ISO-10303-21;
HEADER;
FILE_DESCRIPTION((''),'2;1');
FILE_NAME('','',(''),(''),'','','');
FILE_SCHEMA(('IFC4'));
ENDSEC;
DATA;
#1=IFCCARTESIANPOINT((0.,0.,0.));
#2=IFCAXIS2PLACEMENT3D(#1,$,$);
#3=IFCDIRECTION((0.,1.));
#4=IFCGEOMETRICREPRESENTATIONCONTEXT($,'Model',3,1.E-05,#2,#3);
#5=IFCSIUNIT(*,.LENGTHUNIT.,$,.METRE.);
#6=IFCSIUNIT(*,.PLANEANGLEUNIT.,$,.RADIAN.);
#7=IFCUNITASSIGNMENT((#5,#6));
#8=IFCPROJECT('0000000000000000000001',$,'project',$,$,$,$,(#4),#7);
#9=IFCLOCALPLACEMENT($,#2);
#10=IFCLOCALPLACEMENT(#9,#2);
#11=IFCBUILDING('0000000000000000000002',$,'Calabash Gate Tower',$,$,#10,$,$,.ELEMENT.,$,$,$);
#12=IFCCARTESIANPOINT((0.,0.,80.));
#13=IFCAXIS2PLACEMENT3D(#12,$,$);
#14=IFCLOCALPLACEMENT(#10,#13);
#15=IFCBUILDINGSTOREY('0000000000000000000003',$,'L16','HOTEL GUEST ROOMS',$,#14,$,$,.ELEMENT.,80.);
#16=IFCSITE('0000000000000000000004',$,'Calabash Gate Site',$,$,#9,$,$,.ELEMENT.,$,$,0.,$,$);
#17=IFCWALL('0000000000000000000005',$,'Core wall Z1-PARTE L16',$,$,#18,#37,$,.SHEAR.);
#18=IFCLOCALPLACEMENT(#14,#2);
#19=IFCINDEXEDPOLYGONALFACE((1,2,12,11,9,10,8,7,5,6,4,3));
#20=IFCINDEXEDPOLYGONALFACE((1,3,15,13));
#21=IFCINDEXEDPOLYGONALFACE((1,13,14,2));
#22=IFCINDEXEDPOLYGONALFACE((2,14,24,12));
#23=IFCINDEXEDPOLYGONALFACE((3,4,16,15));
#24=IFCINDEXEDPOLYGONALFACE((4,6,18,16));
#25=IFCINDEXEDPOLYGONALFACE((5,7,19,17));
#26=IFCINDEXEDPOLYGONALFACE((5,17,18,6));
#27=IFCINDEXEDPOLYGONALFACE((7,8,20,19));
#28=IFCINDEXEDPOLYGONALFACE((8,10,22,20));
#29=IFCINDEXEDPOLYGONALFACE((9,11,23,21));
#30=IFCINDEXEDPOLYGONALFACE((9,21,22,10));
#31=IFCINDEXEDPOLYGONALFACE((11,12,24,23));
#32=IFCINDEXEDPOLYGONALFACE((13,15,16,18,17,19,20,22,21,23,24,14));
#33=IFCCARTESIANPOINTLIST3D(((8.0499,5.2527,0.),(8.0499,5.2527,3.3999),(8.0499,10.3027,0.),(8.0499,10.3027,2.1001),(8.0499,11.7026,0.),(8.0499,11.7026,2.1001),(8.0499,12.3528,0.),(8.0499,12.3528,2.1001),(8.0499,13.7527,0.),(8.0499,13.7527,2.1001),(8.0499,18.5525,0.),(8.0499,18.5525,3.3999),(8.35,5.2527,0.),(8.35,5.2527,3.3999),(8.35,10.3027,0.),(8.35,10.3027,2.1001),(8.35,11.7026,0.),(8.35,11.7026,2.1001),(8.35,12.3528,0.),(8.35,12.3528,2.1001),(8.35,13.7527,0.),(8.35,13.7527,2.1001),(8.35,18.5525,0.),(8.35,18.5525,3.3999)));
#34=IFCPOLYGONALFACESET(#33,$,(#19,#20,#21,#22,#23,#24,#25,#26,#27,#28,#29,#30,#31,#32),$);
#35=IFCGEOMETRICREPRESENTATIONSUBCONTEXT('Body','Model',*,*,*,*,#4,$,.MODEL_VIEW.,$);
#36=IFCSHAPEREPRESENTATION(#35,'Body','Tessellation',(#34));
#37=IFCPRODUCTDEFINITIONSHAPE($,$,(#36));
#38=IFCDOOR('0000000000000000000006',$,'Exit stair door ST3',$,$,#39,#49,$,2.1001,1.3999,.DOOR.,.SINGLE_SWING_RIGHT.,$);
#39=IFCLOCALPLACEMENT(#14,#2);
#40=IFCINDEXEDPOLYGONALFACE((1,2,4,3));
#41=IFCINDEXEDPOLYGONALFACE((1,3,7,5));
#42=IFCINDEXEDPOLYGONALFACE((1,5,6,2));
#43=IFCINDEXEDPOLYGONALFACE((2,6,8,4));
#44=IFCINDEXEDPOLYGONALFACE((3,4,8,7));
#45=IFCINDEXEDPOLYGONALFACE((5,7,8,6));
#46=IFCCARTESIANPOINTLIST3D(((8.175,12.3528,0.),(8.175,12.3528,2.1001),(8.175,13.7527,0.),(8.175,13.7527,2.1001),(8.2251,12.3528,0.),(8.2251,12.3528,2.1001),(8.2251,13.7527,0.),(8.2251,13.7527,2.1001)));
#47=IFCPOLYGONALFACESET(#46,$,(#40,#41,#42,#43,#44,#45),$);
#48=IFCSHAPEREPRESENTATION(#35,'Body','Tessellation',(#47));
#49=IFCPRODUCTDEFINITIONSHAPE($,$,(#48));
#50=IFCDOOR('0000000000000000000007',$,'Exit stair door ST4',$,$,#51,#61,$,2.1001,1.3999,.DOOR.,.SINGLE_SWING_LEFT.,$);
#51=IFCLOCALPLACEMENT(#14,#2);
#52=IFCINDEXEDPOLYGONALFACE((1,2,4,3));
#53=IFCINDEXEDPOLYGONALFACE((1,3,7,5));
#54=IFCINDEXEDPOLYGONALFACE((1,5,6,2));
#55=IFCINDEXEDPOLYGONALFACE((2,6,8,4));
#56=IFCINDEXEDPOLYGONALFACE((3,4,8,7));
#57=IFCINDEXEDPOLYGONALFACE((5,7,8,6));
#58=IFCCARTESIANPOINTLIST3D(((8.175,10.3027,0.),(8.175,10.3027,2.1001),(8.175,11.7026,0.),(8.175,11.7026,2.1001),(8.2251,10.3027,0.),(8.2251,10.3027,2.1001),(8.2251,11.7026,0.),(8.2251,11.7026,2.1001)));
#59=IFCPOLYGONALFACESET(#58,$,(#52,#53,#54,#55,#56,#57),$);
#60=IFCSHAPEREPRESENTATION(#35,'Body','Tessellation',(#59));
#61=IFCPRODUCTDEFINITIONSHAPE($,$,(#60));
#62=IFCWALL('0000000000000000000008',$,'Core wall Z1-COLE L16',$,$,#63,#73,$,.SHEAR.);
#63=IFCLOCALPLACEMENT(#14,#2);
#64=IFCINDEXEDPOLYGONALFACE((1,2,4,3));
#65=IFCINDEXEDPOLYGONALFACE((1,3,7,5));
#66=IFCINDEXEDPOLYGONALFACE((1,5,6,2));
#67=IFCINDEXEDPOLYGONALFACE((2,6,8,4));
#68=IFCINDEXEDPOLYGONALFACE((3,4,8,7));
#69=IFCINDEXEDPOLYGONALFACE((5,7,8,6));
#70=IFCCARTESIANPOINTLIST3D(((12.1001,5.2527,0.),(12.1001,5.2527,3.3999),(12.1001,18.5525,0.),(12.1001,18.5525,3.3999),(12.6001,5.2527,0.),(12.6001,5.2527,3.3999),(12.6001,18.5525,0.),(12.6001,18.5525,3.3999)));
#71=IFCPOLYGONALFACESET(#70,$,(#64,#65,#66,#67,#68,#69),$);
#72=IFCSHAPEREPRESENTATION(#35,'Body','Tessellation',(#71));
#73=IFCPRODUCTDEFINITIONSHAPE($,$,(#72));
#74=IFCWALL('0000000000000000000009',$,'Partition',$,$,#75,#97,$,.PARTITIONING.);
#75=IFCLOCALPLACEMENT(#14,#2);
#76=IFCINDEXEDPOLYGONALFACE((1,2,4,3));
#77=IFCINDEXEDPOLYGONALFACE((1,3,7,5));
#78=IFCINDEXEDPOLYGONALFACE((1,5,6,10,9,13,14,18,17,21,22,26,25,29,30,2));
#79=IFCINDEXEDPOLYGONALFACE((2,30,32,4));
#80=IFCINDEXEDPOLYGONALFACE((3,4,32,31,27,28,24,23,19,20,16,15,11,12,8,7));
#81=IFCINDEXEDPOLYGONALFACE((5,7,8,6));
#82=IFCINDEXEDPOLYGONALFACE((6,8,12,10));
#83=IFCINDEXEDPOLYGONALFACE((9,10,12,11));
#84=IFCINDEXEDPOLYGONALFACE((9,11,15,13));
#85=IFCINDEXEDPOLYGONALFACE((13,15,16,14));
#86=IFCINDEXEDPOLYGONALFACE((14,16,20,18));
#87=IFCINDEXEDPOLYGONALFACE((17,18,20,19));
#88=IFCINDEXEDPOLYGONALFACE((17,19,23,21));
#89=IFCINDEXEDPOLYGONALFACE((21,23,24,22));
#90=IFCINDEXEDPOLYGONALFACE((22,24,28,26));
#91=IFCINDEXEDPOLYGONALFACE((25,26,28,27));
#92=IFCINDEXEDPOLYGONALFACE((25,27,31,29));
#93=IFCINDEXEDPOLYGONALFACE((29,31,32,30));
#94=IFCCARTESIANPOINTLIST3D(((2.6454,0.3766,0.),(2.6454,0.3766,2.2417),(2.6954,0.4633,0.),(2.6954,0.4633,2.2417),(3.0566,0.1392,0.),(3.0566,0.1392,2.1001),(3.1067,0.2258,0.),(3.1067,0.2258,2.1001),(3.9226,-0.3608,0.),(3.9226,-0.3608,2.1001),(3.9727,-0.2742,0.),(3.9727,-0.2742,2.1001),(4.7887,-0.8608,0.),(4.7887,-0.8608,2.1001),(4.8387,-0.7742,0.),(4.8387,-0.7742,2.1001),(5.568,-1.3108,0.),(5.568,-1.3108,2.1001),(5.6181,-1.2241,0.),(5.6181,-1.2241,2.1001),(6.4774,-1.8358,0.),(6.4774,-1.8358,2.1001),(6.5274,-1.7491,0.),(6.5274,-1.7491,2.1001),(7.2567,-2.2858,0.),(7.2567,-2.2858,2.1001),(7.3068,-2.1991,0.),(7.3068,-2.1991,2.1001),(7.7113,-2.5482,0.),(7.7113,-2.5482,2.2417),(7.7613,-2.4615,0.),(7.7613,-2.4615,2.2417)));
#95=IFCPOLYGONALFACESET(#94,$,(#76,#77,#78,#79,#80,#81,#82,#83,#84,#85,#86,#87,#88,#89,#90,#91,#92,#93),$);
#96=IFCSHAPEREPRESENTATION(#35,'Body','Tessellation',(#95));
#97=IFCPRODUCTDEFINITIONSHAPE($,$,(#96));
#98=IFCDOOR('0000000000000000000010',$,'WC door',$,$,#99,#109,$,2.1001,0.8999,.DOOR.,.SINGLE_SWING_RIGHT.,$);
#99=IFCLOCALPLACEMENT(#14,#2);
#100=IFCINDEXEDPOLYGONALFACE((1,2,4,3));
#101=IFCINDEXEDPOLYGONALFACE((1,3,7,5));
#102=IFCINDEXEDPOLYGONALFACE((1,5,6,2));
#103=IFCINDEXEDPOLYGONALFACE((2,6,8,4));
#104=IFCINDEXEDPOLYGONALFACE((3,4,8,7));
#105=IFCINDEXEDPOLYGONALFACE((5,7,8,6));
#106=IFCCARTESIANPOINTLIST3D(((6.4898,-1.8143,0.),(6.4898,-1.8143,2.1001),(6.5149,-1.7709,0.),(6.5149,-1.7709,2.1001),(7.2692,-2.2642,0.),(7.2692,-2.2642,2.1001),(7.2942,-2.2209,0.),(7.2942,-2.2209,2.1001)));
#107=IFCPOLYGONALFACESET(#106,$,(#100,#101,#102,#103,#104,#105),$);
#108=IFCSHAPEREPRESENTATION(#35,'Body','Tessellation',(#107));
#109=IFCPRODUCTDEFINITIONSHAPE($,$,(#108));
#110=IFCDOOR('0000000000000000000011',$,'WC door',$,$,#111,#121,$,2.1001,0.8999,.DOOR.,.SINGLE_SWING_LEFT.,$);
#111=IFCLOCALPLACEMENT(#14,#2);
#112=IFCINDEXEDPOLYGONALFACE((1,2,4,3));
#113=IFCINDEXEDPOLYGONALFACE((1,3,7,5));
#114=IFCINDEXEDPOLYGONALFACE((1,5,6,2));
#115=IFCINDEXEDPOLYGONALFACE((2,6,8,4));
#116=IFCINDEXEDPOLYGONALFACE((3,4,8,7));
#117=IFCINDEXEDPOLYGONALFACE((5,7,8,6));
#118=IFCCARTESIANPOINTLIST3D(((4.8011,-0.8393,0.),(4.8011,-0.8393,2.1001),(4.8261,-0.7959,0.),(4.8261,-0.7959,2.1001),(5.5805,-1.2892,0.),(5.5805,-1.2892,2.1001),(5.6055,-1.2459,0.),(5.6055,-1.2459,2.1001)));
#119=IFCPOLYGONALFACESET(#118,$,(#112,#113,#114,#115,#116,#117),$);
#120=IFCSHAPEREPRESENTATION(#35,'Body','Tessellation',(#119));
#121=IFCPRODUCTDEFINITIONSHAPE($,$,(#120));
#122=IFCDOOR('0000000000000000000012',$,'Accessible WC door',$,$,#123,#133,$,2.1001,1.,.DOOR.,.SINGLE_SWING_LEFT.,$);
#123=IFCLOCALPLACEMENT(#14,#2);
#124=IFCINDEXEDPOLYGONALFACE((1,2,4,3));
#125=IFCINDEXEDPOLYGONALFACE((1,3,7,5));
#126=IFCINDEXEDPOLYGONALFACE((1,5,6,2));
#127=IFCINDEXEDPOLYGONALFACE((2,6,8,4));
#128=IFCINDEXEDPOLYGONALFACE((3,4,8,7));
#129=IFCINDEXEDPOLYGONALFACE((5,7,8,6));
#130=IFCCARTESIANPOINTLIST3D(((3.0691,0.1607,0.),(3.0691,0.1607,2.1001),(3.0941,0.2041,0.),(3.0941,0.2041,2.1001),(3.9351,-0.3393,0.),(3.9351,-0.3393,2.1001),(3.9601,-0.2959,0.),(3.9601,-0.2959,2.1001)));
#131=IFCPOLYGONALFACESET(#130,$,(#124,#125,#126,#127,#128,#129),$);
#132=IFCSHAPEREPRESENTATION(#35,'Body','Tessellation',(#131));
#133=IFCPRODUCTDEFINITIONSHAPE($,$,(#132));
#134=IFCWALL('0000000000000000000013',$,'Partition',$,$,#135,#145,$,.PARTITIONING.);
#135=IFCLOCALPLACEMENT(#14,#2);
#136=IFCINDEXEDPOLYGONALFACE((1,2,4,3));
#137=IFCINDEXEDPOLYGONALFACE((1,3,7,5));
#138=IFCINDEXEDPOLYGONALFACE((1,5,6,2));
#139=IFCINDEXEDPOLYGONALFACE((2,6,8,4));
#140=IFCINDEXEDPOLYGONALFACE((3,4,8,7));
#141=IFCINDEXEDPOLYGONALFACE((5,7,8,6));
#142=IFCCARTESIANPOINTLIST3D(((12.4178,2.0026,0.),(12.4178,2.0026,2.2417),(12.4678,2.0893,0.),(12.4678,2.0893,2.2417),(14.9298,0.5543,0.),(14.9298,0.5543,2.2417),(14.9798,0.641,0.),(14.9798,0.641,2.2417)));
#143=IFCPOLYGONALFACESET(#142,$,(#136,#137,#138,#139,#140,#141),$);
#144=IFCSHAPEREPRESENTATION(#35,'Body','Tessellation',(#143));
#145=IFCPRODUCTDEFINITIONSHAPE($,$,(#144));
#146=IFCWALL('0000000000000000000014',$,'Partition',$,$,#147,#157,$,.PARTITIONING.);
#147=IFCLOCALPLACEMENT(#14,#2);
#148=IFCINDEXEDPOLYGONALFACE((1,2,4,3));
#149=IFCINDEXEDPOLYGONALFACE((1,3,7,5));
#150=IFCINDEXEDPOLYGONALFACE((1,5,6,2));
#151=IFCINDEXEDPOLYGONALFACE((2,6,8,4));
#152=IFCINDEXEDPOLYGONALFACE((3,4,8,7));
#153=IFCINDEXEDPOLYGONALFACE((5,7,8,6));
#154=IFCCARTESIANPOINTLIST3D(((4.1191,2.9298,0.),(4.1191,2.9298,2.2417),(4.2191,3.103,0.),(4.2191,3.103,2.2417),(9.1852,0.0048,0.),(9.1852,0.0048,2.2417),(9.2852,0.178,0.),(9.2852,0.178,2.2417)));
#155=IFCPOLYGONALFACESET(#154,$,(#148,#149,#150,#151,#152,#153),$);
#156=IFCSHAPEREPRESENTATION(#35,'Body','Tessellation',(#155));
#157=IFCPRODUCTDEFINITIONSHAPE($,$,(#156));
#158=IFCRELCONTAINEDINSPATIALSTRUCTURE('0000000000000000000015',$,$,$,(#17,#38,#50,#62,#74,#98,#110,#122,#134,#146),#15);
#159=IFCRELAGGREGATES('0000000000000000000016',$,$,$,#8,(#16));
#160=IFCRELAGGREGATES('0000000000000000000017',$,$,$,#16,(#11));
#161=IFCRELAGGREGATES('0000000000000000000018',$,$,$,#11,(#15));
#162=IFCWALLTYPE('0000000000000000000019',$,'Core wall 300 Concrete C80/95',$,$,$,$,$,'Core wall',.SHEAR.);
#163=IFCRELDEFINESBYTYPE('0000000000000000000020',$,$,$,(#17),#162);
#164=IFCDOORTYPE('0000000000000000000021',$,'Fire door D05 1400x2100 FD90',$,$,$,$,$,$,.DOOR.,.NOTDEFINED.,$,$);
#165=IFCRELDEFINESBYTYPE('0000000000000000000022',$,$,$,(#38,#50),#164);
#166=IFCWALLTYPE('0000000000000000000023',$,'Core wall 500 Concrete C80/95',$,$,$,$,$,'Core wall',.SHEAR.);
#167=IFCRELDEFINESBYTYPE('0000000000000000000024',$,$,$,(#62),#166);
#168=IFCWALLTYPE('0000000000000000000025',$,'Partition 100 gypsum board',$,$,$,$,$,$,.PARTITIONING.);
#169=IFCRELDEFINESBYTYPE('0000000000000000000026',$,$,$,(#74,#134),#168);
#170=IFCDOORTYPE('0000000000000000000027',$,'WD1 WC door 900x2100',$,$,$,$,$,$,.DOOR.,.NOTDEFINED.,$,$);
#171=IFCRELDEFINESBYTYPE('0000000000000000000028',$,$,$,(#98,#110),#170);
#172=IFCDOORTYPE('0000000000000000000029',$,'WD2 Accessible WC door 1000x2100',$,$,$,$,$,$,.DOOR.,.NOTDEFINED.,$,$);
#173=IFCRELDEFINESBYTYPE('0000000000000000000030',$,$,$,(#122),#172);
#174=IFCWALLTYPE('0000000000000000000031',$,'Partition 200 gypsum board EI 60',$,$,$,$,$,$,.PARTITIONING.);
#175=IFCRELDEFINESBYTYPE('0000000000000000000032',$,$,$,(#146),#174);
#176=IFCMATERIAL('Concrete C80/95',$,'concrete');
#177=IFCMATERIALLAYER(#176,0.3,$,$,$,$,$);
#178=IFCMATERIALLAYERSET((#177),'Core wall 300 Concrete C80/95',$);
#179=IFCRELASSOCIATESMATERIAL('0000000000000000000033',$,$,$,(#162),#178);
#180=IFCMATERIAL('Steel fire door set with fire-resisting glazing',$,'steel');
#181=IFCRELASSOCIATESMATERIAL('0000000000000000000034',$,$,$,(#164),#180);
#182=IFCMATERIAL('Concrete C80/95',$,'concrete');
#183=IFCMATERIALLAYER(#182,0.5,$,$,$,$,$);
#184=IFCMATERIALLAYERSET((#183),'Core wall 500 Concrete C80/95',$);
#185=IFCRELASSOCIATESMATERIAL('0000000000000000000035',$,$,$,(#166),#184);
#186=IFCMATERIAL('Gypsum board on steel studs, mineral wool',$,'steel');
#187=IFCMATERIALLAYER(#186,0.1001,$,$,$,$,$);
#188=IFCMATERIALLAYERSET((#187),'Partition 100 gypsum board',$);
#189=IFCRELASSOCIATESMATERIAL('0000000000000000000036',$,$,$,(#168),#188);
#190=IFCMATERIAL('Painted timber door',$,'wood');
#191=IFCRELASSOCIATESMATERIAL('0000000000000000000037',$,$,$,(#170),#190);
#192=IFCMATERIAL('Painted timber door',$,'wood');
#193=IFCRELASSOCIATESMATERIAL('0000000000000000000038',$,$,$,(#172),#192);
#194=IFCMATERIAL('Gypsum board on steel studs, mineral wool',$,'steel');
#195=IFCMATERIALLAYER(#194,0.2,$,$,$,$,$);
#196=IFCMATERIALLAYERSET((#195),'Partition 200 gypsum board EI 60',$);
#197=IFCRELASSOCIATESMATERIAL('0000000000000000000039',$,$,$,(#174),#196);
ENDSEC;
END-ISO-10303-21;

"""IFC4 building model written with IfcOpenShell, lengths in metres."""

from ifc_helpers import new_model, si_unit, direction, frame, frame_2d, origin, place, context, subcontext, project, spatial, rectangle, extrude, material, layer, layer_set, type_object, element, fill, save


model = new_model("IFC4")

# Units and contexts
model_context = context("Model", 3, precision=1e-05, world=origin(), true_north=direction((0.0, 1.0)))
body_context = subcontext(model_context, "Body", "Model", "MODEL_VIEW")
ifc_project = project(units=[si_unit("LENGTHUNIT", "METRE"), si_unit("PLANEANGLEUNIT", "RADIAN")], contexts=[model_context])

# Site, building, storey
site_placement = place(None, origin())
site = spatial("IfcSite", under=ifc_project, at=site_placement, Name="Calabash Gate Site", CompositionType="ELEMENT", RefElevation=0.0)
building_placement = place(site_placement, origin())
building = spatial("IfcBuilding", under=site, at=building_placement, Name="Calabash Gate Tower", CompositionType="ELEMENT")
storey_placement = place(building_placement, frame((0.0, 0.0, 80.0)))
storey = spatial("IfcBuildingStorey", under=building, at=storey_placement, Name="L16", Description="HOTEL GUEST ROOMS", CompositionType="ELEMENT", Elevation=80.0)

# Wall, openings, doors
ifc_material_1 = material(Name="Concrete C80/95", Category="concrete")
ifc_layer_1 = layer(ifc_material_1, 0.3)
ifc_layer_set_1 = layer_set([ifc_layer_1], Name="Core wall 300 Concrete C80/95")
wall_type_1 = type_object("IfcWallType", Name="Core wall 300 Concrete C80/95", ElementType="Core wall", PredefinedType="SHEAR", material=ifc_layer_set_1)
wall_1_placement = place(storey_placement, frame((8.2, 5.2527, 0.0), z_axis=(0.0, 0.0, 1.0), x_axis=(0.0, 1.0, 0.0)))
wall_1 = element("IfcWall", 1, at=wall_1_placement, inside=storey, type_object=wall_type_1, Name="Core wall Z1-PARTE L16", PredefinedType="SHEAR", context=body_context, shape_type="SweptSolid", body=[
    extrude(rectangle(XDim=13.2998, YDim=0.3, at=frame_2d((6.6499, 0.0))), origin(), (0.0, 0.0, 1.0), 3.3999),
])
opening_1_placement = place(wall_1_placement, frame((7.1001, 0.0, 0.0)))
opening_1 = element("IfcOpeningElement", 2, at=opening_1_placement, cuts=wall_1, PredefinedType="OPENING", context=body_context, shape_type="SweptSolid", body=[
    extrude(rectangle(XDim=1.3999, YDim=2.1001, at=frame_2d((0.7, 1.05))), frame((0.0, 0.1599, 0.0), z_axis=(0.0, -1.0, 0.0), x_axis=(1.0, 0.0, 0.0)), (0.0, 0.0, 1.0), 0.3201),
])
opening_2_placement = place(wall_1_placement, frame((5.05, 0.0, 0.0)))
opening_2 = element("IfcOpeningElement", 3, at=opening_2_placement, cuts=wall_1, PredefinedType="OPENING", context=body_context, shape_type="SweptSolid", body=[
    extrude(rectangle(XDim=1.3999, YDim=2.1001, at=frame_2d((0.7, 1.05))), frame((0.0, 0.1599, 0.0), z_axis=(0.0, -1.0, 0.0), x_axis=(1.0, 0.0, 0.0)), (0.0, 0.0, 1.0), 0.3201),
])
ifc_material_2 = material(Name="Steel fire door set with fire-resisting glazing", Category="steel")
door_type_1 = type_object("IfcDoorType", Name="Fire door D05 1400x2100 FD90", OperationType="NOTDEFINED", PredefinedType="DOOR", material=ifc_material_2)
door_1_placement = place(opening_1_placement, origin())
door_1 = element("IfcDoor", 4, at=door_1_placement, inside=storey, type_object=door_type_1, Name="Exit stair door ST3", OperationType="SINGLE_SWING_RIGHT", OverallHeight=2.1001, OverallWidth=1.3999, PredefinedType="DOOR", context=body_context, shape_type="SweptSolid", body=[
    extrude(rectangle(XDim=1.3999, YDim=2.1001, at=frame_2d((0.7, 1.05))), frame((0.0, 0.0249, 0.0), z_axis=(0.0, -1.0, 0.0), x_axis=(1.0, 0.0, 0.0)), (0.0, 0.0, 1.0), 0.05),
])
fill(opening_1, door_1)
door_2_placement = place(opening_2_placement, origin())
door_2 = element("IfcDoor", 5, at=door_2_placement, inside=storey, type_object=door_type_1, Name="Exit stair door ST4", OperationType="SINGLE_SWING_LEFT", OverallHeight=2.1001, OverallWidth=1.3999, PredefinedType="DOOR", context=body_context, shape_type="SweptSolid", body=[
    extrude(rectangle(XDim=1.3999, YDim=2.1001, at=frame_2d((0.7, 1.05))), frame((0.0, 0.0249, 0.0), z_axis=(0.0, -1.0, 0.0), x_axis=(1.0, 0.0, 0.0)), (0.0, 0.0, 1.0), 0.05),
])
fill(opening_2, door_2)

# Wall
ifc_material_3 = material(Name="Concrete C80/95", Category="concrete")
ifc_layer_2 = layer(ifc_material_3, 0.5)
ifc_layer_set_2 = layer_set([ifc_layer_2], Name="Core wall 500 Concrete C80/95")
wall_type_2 = type_object("IfcWallType", Name="Core wall 500 Concrete C80/95", ElementType="Core wall", PredefinedType="SHEAR", material=ifc_layer_set_2)
wall_2_placement = place(storey_placement, frame((12.3501, 5.2527, 0.0), z_axis=(0.0, 0.0, 1.0), x_axis=(0.0, 1.0, 0.0)))
element("IfcWall", 6, at=wall_2_placement, inside=storey, type_object=wall_type_2, Name="Core wall Z1-COLE L16", PredefinedType="SHEAR", context=body_context, shape_type="SweptSolid", body=[
    extrude(rectangle(XDim=13.2998, YDim=0.5, at=frame_2d((6.6499, 0.0))), origin(), (0.0, 0.0, 1.0), 3.3999),
])

# Wall, openings, doors
ifc_material_4 = material(Name="Gypsum board on steel studs, mineral wool", Category="steel")
ifc_layer_3 = layer(ifc_material_4, 0.1001)
ifc_layer_set_3 = layer_set([ifc_layer_3], Name="Partition 100 gypsum board")
wall_type_3 = type_object("IfcWallType", Name="Partition 100 gypsum board", PredefinedType="PARTITIONING", material=ifc_layer_set_3)
wall_3_placement = place(storey_placement, frame((2.6704, 0.4199, 0.0), z_axis=(0.0, 0.0, 1.0), x_axis=(0.866026, -0.499999, 0.0)))
wall_3 = element("IfcWall", 7, at=wall_3_placement, inside=storey, type_object=wall_type_3, Name="Partition", PredefinedType="PARTITIONING", context=body_context, shape_type="SweptSolid", body=[
    extrude(rectangle(XDim=5.8496, YDim=0.1001, at=frame_2d((2.9248, 0.0))), origin(), (0.0, 0.0, 1.0), 2.2417),
])
opening_3_placement = place(wall_3_placement, frame((4.4248, 0.0, 0.0)))
opening_3 = element("IfcOpeningElement", 8, at=opening_3_placement, cuts=wall_3, PredefinedType="OPENING", context=body_context, shape_type="SweptSolid", body=[
    extrude(rectangle(XDim=0.8999, YDim=2.1001, at=frame_2d((0.45, 1.05))), frame((0.0, 0.0601, 0.0), z_axis=(0.0, -1.0, 0.0), x_axis=(1.0, 0.0, 0.0)), (0.0, 0.0, 1.0), 0.1201),
])
opening_4_placement = place(wall_3_placement, frame((2.4749, 0.0, 0.0)))
opening_4 = element("IfcOpeningElement", 9, at=opening_4_placement, cuts=wall_3, PredefinedType="OPENING", context=body_context, shape_type="SweptSolid", body=[
    extrude(rectangle(XDim=0.8999, YDim=2.1001, at=frame_2d((0.45, 1.05))), frame((0.0, 0.0601, 0.0), z_axis=(0.0, -1.0, 0.0), x_axis=(1.0, 0.0, 0.0)), (0.0, 0.0, 1.0), 0.1201),
])
opening_5_placement = place(wall_3_placement, frame((0.4749, 0.0, 0.0)))
opening_5 = element("IfcOpeningElement", 10, at=opening_5_placement, cuts=wall_3, PredefinedType="OPENING", context=body_context, shape_type="SweptSolid", body=[
    extrude(rectangle(XDim=1.0, YDim=2.1001, at=frame_2d((0.5, 1.05))), frame((0.0, 0.0601, 0.0), z_axis=(0.0, -1.0, 0.0), x_axis=(1.0, 0.0, 0.0)), (0.0, 0.0, 1.0), 0.1201),
])
ifc_material_5 = material(Name="Painted timber door", Category="wood")
door_type_2 = type_object("IfcDoorType", Name="WD1 WC door 900x2100", OperationType="NOTDEFINED", PredefinedType="DOOR", material=ifc_material_5)
door_3_placement = place(opening_3_placement, origin())
door_3 = element("IfcDoor", 11, at=door_3_placement, inside=storey, type_object=door_type_2, Name="WC door", OperationType="SINGLE_SWING_RIGHT", OverallHeight=2.1001, OverallWidth=0.8999, PredefinedType="DOOR", context=body_context, shape_type="SweptSolid", body=[
    extrude(rectangle(XDim=0.8999, YDim=2.1001, at=frame_2d((0.45, 1.05))), frame((0.0, 0.0249, 0.0), z_axis=(0.0, -1.0, 0.0), x_axis=(1.0, 0.0, 0.0)), (0.0, 0.0, 1.0), 0.05),
])
fill(opening_3, door_3)
door_4_placement = place(opening_4_placement, origin())
door_4 = element("IfcDoor", 12, at=door_4_placement, inside=storey, type_object=door_type_2, Name="WC door", OperationType="SINGLE_SWING_LEFT", OverallHeight=2.1001, OverallWidth=0.8999, PredefinedType="DOOR", context=body_context, shape_type="SweptSolid", body=[
    extrude(rectangle(XDim=0.8999, YDim=2.1001, at=frame_2d((0.45, 1.05))), frame((0.0, 0.0249, 0.0), z_axis=(0.0, -1.0, 0.0), x_axis=(1.0, 0.0, 0.0)), (0.0, 0.0, 1.0), 0.05),
])
fill(opening_4, door_4)
ifc_material_6 = material(Name="Painted timber door", Category="wood")
door_type_3 = type_object("IfcDoorType", Name="WD2 Accessible WC door 1000x2100", OperationType="NOTDEFINED", PredefinedType="DOOR", material=ifc_material_6)
door_5_placement = place(opening_5_placement, origin())
door_5 = element("IfcDoor", 13, at=door_5_placement, inside=storey, type_object=door_type_3, Name="Accessible WC door", OperationType="SINGLE_SWING_LEFT", OverallHeight=2.1001, OverallWidth=1.0, PredefinedType="DOOR", context=body_context, shape_type="SweptSolid", body=[
    extrude(rectangle(XDim=1.0, YDim=2.1001, at=frame_2d((0.5, 1.05))), frame((0.0, 0.0249, 0.0), z_axis=(0.0, -1.0, 0.0), x_axis=(1.0, 0.0, 0.0)), (0.0, 0.0, 1.0), 0.05),
])
fill(opening_5, door_5)

# Walls
wall_4_placement = place(storey_placement, frame((12.4429, 2.0459, 0.0), z_axis=(0.0, 0.0, 1.0), x_axis=(0.86633, -0.499472, 0.0)))
element("IfcWall", 14, at=wall_4_placement, inside=storey, type_object=wall_type_3, Name="Partition", PredefinedType="PARTITIONING", context=body_context, shape_type="SweptSolid", body=[
    extrude(rectangle(XDim=2.8997, YDim=0.1001, at=frame_2d((1.4497, 0.0))), origin(), (0.0, 0.0, 1.0), 2.2417),
])
ifc_material_7 = material(Name="Gypsum board on steel studs, mineral wool", Category="steel")
ifc_layer_4 = layer(ifc_material_7, 0.2)
ifc_layer_set_4 = layer_set([ifc_layer_4], Name="Partition 200 gypsum board EI 60")
wall_type_4 = type_object("IfcWallType", Name="Partition 200 gypsum board EI 60", PredefinedType="PARTITIONING", material=ifc_layer_set_4)
wall_5_placement = place(storey_placement, frame((4.1692, 3.0164, 0.0), z_axis=(0.0, 0.0, 1.0), x_axis=(0.866018, -0.500013, 0.0)))
element("IfcWall", 15, at=wall_5_placement, inside=storey, type_object=wall_type_4, Name="Partition", PredefinedType="PARTITIONING", context=body_context, shape_type="SweptSolid", body=[
    extrude(rectangle(XDim=5.8499, YDim=0.2, at=frame_2d((2.9248, 0.0))), origin(), (0.0, 0.0, 1.0), 2.2417),
])

save(model, "model.ifc")
